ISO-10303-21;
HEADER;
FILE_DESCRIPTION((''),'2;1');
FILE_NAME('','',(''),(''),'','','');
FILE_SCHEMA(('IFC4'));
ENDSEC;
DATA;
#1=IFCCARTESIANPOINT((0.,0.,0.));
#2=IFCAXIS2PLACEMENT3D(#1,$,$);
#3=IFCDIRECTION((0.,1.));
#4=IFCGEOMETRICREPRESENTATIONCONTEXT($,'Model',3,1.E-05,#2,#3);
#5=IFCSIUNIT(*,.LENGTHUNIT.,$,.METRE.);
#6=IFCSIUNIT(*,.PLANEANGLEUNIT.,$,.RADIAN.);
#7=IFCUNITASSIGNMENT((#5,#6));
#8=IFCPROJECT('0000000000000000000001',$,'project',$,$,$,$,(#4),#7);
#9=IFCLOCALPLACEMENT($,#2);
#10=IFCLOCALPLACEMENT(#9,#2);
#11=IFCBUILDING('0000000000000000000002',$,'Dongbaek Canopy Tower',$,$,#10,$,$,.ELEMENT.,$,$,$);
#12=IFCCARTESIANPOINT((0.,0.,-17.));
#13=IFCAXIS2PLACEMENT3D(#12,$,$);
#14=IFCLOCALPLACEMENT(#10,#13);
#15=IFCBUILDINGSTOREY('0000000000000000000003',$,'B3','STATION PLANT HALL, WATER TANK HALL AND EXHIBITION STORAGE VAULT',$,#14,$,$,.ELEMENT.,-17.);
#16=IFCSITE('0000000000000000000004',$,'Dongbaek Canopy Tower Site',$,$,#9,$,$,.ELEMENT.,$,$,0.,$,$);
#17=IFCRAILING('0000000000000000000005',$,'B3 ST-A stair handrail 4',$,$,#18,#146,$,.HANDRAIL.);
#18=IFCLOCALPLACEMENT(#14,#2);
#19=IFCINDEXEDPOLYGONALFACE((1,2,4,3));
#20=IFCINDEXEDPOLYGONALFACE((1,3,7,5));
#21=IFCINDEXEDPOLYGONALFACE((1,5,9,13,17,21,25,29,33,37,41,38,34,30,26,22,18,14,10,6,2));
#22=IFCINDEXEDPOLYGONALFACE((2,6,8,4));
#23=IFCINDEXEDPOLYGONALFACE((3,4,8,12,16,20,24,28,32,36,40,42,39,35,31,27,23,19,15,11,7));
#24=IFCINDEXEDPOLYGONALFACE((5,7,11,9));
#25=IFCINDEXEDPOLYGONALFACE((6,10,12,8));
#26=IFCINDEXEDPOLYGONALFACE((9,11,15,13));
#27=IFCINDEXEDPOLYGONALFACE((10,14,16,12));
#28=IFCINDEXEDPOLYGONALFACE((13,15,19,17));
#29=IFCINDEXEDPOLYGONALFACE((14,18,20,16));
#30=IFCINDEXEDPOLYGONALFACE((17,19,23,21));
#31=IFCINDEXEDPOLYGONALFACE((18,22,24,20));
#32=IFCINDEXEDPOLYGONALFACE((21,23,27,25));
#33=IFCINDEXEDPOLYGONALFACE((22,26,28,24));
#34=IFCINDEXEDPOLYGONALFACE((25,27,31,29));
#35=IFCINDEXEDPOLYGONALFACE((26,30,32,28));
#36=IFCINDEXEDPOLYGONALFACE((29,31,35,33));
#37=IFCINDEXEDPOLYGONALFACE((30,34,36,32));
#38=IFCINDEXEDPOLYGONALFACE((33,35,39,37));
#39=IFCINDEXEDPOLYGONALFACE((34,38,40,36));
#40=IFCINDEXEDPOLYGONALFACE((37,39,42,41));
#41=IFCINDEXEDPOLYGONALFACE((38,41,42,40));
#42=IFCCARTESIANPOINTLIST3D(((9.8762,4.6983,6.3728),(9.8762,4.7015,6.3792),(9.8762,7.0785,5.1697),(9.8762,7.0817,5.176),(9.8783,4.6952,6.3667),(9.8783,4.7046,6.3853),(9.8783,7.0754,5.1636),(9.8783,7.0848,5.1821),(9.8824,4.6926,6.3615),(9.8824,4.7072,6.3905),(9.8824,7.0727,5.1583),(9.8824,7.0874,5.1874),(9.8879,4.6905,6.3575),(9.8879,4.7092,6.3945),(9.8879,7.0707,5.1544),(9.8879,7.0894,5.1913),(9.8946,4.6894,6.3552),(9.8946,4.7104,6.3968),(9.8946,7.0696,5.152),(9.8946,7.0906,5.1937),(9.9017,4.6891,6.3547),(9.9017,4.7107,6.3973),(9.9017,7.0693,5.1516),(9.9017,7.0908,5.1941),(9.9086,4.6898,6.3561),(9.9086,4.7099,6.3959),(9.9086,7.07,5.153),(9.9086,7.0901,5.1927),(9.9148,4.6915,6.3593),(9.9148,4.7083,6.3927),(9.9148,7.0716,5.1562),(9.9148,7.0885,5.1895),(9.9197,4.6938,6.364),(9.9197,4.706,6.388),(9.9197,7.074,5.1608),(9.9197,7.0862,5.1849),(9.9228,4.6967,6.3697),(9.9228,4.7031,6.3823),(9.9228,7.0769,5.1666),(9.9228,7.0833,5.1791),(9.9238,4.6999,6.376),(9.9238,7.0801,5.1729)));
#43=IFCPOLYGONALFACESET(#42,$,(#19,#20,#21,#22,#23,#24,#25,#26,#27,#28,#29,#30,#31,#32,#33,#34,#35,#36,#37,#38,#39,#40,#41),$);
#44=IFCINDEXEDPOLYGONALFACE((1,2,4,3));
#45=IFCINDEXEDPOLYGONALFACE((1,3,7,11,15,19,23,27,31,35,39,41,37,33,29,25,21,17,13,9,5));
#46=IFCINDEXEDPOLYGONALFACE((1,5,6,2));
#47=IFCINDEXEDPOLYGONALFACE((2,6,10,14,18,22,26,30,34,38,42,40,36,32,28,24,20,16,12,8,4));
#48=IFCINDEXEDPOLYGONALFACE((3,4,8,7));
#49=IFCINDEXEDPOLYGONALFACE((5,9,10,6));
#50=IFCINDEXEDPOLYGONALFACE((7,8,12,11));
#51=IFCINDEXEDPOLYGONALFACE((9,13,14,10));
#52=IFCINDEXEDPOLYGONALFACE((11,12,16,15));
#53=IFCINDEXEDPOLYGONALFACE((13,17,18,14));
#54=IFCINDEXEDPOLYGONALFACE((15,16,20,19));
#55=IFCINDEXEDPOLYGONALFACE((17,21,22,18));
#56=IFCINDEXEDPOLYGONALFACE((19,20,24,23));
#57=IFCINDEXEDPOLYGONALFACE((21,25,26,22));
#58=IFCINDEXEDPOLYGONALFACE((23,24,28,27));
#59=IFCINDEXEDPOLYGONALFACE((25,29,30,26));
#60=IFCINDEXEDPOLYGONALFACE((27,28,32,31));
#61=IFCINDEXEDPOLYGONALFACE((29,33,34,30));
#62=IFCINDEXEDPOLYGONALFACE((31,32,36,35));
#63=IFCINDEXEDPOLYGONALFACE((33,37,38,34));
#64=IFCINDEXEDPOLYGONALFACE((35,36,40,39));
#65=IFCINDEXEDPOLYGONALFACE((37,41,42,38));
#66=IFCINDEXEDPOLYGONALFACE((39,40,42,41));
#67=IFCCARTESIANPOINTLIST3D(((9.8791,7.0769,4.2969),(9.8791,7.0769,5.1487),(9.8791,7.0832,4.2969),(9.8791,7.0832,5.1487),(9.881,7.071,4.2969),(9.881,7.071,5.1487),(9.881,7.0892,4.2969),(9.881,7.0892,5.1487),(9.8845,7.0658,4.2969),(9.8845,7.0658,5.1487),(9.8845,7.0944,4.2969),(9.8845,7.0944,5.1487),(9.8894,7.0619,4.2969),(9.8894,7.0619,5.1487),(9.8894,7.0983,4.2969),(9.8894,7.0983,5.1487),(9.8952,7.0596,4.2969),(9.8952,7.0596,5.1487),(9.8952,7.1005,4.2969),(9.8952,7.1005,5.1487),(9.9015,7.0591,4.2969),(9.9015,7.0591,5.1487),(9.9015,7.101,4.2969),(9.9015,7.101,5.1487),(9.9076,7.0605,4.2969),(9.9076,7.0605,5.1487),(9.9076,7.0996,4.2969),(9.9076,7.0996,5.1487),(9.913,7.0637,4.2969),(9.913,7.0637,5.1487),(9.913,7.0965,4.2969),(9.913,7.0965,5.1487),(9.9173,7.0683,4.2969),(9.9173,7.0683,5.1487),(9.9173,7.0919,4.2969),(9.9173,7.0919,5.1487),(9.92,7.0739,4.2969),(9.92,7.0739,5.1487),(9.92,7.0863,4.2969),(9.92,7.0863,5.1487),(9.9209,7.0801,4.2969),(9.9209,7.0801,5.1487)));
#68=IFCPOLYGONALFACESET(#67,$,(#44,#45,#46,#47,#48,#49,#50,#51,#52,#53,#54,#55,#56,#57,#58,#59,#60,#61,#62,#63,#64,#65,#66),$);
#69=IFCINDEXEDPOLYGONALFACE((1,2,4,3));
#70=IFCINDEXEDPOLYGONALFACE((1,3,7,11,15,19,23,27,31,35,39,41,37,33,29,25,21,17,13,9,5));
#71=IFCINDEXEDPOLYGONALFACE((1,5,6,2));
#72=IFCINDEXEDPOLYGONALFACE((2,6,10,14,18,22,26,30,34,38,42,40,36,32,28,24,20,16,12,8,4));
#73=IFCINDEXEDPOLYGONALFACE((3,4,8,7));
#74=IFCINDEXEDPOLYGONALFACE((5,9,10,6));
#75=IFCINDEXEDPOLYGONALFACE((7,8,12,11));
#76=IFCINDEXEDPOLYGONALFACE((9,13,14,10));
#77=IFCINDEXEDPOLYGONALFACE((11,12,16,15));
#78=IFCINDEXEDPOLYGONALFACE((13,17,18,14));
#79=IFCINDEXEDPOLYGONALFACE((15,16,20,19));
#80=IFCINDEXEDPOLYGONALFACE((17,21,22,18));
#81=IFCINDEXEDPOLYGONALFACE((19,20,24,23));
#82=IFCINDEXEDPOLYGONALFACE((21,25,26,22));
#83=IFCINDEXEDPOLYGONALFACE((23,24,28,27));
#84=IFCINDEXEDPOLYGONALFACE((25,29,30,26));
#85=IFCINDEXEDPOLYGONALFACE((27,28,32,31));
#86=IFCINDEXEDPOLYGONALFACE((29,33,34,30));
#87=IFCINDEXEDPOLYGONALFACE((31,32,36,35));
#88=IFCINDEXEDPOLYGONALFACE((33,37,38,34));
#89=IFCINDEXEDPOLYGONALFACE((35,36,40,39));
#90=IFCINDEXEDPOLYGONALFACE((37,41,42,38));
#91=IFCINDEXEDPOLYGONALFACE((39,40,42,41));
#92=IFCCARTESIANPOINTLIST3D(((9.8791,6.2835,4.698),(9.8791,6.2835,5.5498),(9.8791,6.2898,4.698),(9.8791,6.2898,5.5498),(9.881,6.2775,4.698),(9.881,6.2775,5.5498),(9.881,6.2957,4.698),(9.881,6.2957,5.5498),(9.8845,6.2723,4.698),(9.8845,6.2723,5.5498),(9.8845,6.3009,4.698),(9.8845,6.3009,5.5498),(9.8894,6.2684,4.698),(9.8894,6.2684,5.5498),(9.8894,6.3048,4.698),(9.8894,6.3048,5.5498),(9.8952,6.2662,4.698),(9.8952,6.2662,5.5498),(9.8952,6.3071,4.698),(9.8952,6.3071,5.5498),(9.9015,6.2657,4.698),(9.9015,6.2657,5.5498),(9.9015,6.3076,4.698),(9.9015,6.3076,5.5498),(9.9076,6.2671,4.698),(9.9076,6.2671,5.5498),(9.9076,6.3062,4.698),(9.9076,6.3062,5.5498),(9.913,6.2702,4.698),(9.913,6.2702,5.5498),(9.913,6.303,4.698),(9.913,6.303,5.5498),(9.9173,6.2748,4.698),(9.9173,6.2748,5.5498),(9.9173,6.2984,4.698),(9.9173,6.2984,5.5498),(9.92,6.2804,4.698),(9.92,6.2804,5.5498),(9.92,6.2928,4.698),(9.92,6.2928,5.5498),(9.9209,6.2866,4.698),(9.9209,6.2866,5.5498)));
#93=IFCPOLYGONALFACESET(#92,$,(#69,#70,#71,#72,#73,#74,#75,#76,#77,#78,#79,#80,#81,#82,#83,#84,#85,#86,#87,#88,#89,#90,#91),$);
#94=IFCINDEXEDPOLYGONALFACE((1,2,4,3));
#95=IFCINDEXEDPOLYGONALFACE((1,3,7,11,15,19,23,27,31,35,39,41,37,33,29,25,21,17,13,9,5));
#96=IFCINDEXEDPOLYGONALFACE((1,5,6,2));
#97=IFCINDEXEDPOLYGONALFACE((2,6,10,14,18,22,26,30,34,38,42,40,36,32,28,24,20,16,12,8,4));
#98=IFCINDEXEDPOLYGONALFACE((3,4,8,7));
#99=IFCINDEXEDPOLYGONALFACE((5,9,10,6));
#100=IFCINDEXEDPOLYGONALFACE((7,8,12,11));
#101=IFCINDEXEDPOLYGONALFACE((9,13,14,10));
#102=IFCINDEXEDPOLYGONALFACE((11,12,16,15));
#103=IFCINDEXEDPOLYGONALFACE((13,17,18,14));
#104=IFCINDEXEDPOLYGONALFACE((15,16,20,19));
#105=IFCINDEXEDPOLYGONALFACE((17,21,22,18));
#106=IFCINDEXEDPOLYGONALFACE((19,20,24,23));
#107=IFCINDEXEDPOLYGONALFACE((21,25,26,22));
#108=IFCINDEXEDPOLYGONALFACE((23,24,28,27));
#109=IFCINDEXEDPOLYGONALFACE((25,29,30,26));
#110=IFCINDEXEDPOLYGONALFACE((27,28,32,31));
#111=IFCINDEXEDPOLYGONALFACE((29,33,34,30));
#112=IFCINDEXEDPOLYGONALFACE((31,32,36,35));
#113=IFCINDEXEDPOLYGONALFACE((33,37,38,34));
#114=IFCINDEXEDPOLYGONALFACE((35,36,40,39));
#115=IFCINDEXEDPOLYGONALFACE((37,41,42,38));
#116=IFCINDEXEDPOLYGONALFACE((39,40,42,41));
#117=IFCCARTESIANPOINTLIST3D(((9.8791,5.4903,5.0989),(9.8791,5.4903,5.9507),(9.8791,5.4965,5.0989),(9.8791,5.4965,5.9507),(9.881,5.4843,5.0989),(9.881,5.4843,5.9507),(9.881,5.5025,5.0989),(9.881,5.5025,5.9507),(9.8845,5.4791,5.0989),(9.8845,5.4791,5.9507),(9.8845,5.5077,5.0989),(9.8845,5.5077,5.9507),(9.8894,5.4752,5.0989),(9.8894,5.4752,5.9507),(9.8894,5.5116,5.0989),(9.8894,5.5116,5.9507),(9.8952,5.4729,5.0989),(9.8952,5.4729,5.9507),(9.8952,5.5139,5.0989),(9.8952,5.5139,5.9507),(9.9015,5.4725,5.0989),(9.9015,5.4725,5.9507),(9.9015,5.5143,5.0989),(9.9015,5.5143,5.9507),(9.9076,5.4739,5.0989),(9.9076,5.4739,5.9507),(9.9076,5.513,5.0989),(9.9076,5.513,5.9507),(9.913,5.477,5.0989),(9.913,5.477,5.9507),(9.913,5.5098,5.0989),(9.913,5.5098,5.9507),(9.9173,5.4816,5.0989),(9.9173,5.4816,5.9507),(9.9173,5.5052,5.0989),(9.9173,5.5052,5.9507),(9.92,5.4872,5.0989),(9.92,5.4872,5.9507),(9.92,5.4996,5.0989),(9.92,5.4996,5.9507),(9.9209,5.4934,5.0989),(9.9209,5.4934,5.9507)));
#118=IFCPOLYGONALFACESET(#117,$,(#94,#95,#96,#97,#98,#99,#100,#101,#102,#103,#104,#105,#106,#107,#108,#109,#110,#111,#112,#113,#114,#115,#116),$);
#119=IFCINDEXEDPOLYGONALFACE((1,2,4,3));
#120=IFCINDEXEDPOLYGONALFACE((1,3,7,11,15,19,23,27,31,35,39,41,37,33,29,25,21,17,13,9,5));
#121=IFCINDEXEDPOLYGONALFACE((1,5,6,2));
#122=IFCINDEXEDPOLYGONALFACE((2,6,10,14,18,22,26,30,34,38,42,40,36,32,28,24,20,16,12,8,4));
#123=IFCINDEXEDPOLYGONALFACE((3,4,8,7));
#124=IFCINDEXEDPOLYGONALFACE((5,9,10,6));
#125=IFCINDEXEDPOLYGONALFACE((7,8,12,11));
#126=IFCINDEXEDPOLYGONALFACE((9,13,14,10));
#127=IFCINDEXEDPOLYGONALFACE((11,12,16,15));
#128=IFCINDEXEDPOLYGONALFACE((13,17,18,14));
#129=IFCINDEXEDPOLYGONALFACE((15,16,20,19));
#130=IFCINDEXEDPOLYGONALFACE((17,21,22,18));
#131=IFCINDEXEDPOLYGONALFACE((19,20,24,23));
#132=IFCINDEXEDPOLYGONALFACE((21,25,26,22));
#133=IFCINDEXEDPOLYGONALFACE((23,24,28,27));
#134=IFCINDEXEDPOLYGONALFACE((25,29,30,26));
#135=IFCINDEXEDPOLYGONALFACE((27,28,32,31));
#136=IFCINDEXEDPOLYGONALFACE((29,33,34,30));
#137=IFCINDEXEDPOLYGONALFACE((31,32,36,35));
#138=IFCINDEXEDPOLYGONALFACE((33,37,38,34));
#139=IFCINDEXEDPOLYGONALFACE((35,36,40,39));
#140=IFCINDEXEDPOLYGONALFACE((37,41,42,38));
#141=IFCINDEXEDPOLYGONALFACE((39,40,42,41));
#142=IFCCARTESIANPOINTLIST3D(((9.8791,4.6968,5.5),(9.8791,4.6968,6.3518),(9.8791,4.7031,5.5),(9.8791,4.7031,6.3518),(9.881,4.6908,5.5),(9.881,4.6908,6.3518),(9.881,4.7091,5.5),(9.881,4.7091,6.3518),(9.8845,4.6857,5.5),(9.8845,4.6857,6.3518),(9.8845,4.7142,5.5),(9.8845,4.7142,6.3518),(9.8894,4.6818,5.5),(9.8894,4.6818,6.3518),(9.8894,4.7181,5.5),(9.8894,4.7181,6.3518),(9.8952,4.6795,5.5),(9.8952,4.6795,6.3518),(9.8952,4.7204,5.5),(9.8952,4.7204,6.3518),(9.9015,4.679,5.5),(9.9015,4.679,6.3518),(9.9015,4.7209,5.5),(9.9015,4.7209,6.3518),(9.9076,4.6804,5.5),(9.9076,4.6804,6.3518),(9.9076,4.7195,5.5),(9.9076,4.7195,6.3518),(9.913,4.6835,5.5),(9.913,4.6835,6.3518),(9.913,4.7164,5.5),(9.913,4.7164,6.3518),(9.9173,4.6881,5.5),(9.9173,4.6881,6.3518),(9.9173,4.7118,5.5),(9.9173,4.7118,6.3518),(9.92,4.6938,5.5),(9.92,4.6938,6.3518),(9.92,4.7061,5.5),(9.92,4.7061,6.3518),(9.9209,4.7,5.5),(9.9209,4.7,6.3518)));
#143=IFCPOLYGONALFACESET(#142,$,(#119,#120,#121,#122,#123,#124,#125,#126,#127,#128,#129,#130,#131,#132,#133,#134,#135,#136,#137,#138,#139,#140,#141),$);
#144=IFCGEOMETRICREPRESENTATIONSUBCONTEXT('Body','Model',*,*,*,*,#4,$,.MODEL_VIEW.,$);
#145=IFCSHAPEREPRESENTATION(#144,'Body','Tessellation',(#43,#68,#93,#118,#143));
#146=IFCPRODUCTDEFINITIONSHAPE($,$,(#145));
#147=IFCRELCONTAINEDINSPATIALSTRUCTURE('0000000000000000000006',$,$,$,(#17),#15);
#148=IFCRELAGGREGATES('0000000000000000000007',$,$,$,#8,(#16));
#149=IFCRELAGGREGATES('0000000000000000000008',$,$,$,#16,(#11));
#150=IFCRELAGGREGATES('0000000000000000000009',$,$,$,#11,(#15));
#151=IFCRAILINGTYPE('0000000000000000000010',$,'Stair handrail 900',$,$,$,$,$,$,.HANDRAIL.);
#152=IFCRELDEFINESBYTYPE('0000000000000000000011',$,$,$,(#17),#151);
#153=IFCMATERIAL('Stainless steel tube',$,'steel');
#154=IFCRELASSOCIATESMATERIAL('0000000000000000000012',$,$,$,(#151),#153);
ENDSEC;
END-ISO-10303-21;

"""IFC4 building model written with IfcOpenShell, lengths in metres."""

from ifc_helpers import new_model, si_unit, direction, frame, origin, origin_2d, place, context, subcontext, project, spatial, circle, extrude, material, type_object, element, save


model = new_model("IFC4")

# Units and contexts
model_context = context("Model", 3, precision=1e-05, world=origin(), true_north=direction((0.0, 1.0)))
body_context = subcontext(model_context, "Body", "Model", "MODEL_VIEW")
ifc_project = project(units=[si_unit("LENGTHUNIT", "METRE"), si_unit("PLANEANGLEUNIT", "RADIAN")], contexts=[model_context])

# Site, building, storey
site_placement = place(None, origin())
site = spatial("IfcSite", under=ifc_project, at=site_placement, Name="Dongbaek Canopy Tower Site", CompositionType="ELEMENT", RefElevation=0.0)
building_placement = place(site_placement, origin())
building = spatial("IfcBuilding", under=site, at=building_placement, Name="Dongbaek Canopy Tower", CompositionType="ELEMENT")
storey_placement = place(building_placement, frame((0.0, 0.0, -17.0)))
storey = spatial("IfcBuildingStorey", under=building, at=storey_placement, Name="B3", Description="STATION PLANT HALL, WATER TANK HALL AND EXHIBITION STORAGE VAULT", CompositionType="ELEMENT", Elevation=-17.0)

# Railing
ifc_material_1 = material(Name="Stainless steel tube", Category="steel")
railing_type_1 = type_object("IfcRailingType", Name="Stair handrail 900", PredefinedType="HANDRAIL", material=ifc_material_1)
for number, where, name in (
    (1, (9.8999, 7.0801, 4.2969), "B3 ST-A stair handrail 4"),
):
    element("IfcRailing", number, at=place(storey_placement, frame(where)), inside=storey, type_object=railing_type_1, Name=name, PredefinedType="HANDRAIL", context=body_context, shape_type="SweptSolid", body=[
        extrude(circle(Radius=0.0239, at=origin_2d()), frame((0.0, 0.0, 0.876), z_axis=(0.0, -0.89246, 0.451127), x_axis=(1.0, 0.0, 0.0)), (0.0, 0.0, 1.0), 2.667),
        extrude(circle(Radius=0.021, at=origin_2d()), origin(), (0.0, 0.0, 1.0), 0.8518),
        extrude(circle(Radius=0.021, at=origin_2d()), frame((0.0, -0.7935, 0.4011)), (0.0, 0.0, 1.0), 0.8518),
        extrude(circle(Radius=0.021, at=origin_2d()), frame((0.0, -1.5867, 0.802)), (0.0, 0.0, 1.0), 0.8518),
        extrude(circle(Radius=0.021, at=origin_2d()), frame((0.0, -2.3801, 1.2031)), (0.0, 0.0, 1.0), 0.8518),
    ])

save(model, "model.ifc")
